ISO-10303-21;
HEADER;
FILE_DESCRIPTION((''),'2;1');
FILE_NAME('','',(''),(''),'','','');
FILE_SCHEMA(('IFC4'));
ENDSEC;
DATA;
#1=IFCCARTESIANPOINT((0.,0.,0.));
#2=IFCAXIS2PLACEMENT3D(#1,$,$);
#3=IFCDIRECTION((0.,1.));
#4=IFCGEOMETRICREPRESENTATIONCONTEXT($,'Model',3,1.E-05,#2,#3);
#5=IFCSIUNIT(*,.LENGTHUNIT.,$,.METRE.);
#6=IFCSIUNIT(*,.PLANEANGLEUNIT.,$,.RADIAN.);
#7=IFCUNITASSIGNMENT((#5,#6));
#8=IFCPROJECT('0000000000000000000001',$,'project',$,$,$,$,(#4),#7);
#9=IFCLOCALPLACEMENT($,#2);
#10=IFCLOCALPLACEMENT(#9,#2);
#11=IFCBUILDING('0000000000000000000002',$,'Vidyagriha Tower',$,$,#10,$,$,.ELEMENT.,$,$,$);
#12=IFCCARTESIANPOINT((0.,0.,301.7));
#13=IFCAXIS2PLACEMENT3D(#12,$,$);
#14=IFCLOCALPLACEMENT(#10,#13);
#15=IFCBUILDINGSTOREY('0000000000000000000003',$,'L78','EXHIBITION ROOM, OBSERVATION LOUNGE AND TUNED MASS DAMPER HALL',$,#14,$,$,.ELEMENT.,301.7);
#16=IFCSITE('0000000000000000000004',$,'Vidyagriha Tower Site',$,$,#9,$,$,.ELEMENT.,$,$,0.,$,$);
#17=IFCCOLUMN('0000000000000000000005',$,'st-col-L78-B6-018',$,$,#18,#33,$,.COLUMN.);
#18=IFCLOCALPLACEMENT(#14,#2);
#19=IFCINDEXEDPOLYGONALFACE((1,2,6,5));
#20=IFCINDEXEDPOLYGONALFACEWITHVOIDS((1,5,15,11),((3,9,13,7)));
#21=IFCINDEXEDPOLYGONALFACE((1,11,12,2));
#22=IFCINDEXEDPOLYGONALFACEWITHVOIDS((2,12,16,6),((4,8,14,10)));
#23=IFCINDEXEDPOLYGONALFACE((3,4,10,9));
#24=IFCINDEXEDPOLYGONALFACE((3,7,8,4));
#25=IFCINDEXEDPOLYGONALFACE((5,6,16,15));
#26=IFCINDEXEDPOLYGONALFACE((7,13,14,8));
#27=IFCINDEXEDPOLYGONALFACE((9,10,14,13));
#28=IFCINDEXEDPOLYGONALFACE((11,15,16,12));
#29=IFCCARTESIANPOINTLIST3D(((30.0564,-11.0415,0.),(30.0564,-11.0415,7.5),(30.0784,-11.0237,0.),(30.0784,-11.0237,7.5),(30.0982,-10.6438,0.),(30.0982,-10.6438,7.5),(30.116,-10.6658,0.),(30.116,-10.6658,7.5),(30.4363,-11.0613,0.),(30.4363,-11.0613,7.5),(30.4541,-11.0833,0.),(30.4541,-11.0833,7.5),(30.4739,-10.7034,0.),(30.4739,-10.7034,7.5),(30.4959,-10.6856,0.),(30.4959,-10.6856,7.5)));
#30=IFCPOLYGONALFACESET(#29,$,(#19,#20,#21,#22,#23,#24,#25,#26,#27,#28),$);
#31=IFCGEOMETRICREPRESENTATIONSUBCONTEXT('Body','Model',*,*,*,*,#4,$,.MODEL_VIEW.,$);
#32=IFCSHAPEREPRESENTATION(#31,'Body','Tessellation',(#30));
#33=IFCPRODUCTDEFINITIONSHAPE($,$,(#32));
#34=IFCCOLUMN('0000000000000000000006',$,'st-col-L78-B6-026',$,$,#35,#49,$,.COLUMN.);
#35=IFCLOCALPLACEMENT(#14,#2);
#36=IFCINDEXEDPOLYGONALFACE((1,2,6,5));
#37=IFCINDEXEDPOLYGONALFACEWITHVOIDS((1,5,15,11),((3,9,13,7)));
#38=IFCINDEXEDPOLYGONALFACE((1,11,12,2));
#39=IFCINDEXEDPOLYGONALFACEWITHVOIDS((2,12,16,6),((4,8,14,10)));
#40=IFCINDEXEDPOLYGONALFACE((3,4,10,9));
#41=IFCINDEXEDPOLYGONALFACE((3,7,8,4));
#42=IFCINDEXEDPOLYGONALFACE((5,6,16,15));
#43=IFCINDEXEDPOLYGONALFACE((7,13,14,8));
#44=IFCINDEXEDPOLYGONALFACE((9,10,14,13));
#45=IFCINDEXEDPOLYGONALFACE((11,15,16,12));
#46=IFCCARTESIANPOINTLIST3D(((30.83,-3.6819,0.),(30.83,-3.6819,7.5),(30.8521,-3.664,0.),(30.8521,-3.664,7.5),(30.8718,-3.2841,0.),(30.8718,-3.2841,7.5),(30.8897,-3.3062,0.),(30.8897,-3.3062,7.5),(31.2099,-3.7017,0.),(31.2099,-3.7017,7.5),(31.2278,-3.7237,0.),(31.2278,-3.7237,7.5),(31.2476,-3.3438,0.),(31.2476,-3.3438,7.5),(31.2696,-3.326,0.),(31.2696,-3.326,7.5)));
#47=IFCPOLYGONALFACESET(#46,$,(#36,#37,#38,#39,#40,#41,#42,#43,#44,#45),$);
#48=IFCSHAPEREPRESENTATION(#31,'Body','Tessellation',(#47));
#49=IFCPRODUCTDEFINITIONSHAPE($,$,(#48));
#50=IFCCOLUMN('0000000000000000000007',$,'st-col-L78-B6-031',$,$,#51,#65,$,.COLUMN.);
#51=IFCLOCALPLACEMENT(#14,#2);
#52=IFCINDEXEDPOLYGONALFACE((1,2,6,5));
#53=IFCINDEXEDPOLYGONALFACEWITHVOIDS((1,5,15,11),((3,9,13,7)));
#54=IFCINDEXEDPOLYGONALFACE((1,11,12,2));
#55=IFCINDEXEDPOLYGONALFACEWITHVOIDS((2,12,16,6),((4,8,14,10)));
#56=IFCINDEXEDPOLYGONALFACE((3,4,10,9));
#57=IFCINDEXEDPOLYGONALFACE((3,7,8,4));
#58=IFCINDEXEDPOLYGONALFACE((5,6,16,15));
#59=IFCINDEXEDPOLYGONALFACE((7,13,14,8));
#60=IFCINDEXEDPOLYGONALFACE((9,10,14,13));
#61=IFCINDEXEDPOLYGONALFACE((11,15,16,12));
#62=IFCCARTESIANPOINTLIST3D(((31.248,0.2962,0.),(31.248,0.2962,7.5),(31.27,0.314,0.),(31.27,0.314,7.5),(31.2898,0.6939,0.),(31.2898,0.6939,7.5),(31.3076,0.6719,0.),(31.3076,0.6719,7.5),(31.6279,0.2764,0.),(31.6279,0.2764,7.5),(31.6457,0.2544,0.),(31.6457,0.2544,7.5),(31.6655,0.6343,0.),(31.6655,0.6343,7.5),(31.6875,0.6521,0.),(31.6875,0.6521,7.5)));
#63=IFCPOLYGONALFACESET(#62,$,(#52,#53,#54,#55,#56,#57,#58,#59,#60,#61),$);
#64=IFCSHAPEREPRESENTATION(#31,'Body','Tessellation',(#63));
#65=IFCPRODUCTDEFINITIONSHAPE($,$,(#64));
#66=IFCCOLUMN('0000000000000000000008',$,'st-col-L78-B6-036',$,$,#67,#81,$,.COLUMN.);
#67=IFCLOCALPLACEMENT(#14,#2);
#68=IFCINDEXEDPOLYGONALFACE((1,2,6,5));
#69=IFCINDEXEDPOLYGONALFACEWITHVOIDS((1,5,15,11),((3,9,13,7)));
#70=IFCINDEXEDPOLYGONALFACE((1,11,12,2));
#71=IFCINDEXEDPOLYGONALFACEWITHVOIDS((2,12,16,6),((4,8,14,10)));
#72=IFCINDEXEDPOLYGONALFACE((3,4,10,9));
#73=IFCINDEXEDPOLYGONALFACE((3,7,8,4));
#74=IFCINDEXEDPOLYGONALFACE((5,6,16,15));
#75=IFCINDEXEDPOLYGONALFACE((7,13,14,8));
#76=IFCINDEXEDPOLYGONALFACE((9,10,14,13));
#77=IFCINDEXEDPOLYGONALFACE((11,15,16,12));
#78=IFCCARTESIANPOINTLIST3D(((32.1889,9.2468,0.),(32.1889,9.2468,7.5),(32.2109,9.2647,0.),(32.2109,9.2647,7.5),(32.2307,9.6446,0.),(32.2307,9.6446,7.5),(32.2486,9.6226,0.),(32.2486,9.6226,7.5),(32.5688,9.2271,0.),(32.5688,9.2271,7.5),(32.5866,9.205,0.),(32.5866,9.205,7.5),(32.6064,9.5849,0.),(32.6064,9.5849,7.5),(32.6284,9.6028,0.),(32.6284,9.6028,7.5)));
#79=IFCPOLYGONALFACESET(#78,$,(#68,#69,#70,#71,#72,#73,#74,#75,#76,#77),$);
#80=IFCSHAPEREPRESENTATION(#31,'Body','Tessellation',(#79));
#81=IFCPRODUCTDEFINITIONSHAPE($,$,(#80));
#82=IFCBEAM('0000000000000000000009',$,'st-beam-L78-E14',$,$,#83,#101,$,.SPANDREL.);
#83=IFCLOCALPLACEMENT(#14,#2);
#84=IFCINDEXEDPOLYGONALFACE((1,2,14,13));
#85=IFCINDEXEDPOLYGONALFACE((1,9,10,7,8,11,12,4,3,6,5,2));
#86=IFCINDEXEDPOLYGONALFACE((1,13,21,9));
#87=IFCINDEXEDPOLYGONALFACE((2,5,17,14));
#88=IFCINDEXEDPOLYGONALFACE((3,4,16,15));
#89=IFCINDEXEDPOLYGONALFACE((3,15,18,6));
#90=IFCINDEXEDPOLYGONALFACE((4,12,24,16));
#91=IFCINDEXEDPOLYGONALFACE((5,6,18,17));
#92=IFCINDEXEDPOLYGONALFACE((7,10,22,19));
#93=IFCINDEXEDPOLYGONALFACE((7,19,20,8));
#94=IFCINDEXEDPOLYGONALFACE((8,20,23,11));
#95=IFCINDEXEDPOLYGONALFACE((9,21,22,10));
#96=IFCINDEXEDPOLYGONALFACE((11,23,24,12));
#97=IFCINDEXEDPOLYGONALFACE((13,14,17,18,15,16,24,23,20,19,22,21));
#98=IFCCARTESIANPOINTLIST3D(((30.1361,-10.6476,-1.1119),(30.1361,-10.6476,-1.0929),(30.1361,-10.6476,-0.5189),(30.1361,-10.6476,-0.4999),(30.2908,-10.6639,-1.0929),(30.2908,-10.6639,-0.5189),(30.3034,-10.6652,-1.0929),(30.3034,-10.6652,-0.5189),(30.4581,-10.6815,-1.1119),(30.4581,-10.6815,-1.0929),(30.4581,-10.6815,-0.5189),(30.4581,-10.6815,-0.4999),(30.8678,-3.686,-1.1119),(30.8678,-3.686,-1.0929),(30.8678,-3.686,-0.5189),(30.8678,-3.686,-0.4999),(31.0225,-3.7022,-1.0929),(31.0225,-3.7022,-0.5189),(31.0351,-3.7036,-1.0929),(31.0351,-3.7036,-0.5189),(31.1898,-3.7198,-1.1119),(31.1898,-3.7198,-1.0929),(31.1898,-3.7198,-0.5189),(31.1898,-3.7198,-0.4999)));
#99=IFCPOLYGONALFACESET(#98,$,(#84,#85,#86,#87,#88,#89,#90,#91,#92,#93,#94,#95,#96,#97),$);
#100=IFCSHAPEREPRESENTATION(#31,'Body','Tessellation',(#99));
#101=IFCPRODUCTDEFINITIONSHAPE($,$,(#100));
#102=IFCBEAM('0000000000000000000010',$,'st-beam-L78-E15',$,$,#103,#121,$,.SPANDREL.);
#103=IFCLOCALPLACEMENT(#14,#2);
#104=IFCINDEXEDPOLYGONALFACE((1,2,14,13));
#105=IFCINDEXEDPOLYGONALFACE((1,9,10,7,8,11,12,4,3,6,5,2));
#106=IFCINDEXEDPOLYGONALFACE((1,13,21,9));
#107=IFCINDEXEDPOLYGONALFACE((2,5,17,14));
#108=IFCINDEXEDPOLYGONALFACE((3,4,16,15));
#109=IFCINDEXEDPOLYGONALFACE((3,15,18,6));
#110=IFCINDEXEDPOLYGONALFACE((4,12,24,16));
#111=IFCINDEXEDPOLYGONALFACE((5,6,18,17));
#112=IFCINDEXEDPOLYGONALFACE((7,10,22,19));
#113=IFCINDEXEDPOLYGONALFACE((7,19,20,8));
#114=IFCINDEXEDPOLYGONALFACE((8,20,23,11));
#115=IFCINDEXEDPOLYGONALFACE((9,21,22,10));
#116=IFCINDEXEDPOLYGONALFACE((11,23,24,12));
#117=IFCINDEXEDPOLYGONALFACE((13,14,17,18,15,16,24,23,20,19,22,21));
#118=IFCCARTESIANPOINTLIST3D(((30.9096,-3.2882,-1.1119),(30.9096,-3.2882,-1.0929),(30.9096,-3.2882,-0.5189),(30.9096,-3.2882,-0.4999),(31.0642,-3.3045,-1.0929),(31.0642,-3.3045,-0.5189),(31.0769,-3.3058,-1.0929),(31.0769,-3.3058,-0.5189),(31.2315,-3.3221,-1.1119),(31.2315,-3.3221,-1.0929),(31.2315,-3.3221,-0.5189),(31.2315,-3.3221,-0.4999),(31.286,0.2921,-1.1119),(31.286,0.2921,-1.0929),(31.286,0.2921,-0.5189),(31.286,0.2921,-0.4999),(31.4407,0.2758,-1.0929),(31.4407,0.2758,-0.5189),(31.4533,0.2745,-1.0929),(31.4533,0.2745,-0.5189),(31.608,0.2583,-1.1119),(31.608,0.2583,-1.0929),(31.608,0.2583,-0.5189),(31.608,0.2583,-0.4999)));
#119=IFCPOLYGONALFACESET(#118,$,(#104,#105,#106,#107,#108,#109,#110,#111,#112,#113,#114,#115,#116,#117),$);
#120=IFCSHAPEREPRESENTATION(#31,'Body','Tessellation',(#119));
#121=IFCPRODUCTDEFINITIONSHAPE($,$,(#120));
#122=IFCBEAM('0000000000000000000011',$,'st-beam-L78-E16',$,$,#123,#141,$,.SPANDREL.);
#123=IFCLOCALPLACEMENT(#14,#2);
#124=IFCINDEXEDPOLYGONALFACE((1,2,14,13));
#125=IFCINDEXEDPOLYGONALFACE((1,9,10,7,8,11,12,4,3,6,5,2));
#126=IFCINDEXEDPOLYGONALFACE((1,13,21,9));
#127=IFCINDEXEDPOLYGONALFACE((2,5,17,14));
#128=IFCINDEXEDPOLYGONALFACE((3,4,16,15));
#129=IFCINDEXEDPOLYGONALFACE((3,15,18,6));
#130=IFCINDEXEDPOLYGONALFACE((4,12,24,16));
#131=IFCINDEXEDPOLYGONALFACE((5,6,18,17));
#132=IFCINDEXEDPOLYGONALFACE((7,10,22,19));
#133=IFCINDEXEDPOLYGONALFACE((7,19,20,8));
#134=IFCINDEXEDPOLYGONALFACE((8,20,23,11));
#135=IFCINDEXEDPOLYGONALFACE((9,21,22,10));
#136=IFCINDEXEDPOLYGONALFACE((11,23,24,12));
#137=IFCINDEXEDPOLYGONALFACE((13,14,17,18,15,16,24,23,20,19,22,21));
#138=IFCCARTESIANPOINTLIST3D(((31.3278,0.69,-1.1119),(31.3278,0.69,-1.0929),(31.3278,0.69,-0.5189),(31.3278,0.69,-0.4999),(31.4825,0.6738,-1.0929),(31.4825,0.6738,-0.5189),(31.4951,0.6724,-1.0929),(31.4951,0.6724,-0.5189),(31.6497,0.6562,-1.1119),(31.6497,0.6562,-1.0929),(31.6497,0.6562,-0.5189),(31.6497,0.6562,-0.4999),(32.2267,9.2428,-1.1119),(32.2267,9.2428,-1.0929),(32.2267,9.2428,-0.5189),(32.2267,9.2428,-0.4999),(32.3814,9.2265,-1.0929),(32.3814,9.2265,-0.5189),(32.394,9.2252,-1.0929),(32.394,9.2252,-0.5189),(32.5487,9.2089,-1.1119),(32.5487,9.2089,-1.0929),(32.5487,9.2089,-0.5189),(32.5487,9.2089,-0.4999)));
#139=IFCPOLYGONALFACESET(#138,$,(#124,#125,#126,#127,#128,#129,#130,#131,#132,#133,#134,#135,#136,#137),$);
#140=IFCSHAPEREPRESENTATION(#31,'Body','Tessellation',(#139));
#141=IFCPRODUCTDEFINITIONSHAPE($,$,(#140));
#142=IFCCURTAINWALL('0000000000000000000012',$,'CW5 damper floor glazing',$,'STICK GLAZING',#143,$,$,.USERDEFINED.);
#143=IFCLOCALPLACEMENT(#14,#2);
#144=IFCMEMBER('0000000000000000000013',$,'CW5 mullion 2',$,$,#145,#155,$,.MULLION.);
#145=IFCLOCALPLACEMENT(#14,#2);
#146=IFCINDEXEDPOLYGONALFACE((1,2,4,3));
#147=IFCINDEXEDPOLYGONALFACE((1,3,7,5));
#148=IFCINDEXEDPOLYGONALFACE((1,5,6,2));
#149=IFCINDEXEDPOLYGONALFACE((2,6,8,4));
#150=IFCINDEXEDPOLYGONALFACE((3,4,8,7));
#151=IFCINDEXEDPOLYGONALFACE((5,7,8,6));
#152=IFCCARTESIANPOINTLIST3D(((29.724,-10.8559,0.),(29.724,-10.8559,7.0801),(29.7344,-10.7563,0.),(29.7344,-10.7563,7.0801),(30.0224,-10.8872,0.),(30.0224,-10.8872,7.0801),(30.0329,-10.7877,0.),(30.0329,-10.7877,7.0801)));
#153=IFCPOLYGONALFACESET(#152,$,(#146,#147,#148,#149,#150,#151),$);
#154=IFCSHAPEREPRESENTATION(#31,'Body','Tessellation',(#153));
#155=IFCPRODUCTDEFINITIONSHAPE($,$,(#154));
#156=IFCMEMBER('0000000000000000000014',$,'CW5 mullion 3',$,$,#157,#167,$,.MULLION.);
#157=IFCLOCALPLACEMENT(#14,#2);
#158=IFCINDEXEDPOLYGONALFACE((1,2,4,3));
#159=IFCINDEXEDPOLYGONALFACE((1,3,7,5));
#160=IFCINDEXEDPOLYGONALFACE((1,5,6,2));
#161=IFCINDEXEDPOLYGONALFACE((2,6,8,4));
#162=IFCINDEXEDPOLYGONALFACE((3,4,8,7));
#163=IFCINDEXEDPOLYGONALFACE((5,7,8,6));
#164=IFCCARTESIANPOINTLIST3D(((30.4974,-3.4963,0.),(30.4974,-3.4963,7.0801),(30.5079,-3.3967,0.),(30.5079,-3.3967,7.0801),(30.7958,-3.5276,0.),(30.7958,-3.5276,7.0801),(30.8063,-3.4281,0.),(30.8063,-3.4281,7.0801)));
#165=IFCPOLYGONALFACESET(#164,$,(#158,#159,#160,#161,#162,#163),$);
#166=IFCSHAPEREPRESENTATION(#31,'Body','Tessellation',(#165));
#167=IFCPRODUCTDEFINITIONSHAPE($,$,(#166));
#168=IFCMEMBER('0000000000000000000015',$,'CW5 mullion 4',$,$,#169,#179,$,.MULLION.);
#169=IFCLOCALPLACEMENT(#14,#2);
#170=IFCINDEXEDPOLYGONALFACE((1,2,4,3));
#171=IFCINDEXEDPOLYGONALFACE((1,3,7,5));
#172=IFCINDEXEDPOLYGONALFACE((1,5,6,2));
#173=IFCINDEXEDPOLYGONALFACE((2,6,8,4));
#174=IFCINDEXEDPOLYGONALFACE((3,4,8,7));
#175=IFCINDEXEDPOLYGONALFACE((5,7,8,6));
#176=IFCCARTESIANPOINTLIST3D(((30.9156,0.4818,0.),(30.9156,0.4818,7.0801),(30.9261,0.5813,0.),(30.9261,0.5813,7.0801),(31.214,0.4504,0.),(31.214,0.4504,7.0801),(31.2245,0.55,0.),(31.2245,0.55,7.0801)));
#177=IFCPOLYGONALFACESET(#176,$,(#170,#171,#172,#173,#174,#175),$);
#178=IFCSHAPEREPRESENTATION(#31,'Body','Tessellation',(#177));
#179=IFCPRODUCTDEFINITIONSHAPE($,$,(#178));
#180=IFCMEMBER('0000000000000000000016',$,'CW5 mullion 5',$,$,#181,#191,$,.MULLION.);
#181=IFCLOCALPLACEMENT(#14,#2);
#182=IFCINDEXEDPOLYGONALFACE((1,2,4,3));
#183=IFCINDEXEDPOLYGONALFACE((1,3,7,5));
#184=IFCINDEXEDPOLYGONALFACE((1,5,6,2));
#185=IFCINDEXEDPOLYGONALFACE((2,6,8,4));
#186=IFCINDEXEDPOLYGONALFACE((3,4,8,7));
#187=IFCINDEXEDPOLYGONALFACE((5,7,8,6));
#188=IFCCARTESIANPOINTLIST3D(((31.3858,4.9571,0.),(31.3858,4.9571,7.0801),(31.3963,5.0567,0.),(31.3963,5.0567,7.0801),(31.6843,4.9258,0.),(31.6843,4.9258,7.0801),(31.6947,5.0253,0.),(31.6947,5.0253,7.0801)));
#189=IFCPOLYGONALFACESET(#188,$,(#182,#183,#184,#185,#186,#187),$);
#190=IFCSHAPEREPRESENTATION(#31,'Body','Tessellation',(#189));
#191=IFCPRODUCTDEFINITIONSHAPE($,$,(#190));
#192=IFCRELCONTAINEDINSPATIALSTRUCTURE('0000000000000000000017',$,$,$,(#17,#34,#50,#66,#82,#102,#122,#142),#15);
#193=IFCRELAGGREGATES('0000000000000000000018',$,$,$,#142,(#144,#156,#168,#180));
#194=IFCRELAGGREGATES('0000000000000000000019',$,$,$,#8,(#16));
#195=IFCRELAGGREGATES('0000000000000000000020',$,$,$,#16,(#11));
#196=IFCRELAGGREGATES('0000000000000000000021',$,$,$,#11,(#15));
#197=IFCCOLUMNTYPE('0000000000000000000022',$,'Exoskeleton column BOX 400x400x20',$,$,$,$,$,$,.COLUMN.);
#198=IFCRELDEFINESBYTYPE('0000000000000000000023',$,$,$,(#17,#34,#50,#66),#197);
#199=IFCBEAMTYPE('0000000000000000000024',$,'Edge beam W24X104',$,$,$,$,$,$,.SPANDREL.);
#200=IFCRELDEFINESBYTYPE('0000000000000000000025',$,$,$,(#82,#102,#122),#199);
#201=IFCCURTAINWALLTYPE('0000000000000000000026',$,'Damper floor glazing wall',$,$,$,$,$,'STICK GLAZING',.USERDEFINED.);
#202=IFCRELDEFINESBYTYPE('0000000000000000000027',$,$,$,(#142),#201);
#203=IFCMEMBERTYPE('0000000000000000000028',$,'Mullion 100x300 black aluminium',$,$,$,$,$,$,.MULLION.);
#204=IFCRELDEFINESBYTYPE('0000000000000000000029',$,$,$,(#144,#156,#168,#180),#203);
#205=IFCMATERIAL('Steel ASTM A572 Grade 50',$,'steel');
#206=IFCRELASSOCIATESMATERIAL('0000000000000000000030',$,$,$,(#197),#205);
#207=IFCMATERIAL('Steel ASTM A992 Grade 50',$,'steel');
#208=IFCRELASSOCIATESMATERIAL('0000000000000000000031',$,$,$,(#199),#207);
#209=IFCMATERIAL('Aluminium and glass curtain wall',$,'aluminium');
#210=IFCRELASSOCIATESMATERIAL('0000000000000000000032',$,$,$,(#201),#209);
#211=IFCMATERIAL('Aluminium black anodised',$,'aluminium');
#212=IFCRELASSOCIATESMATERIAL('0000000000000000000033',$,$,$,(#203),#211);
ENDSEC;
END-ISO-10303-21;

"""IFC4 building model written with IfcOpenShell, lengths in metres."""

from ifc_helpers import new_model, si_unit, direction, frame, origin, origin_2d, place, context, subcontext, project, spatial, rectangle, hollow_rectangle, i_section, extrude, material, material_profile, profile_set, type_object, element, aggregate, save


model = new_model("IFC4")

# Units and contexts
model_context = context("Model", 3, precision=1e-05, world=origin(), true_north=direction((0.0, 1.0)))
body_context = subcontext(model_context, "Body", "Model", "MODEL_VIEW")
ifc_project = project(units=[si_unit("LENGTHUNIT", "METRE"), si_unit("PLANEANGLEUNIT", "RADIAN")], contexts=[model_context])

# Site, building, storey
site_placement = place(None, origin())
site = spatial("IfcSite", under=ifc_project, at=site_placement, Name="Vidyagriha Tower Site", CompositionType="ELEMENT", RefElevation=0.0)
building_placement = place(site_placement, origin())
building = spatial("IfcBuilding", under=site, at=building_placement, Name="Vidyagriha Tower", CompositionType="ELEMENT")
storey_placement = place(building_placement, frame((0.0, 0.0, 301.7)))
storey = spatial("IfcBuildingStorey", under=building, at=storey_placement, Name="L78", Description="EXHIBITION ROOM, OBSERVATION LOUNGE AND TUNED MASS DAMPER HALL", CompositionType="ELEMENT", Elevation=301.7)

# Columns
ifc_material_1 = material(Name="Steel ASTM A572 Grade 50", Category="steel")
ifc_material_profile_1 = material_profile(ifc_material_1, hollow_rectangle(XDim=0.3999, YDim=0.3999, WallThickness=0.02, at=origin_2d()), Name="BOX 400x400x20")
ifc_profile_set_1 = profile_set([ifc_material_profile_1], Name="Steel ASTM A572 Grade 50")
column_type = type_object("IfcColumnType", Name="Exoskeleton column BOX 400x400x20", PredefinedType="COLUMN", material=ifc_profile_set_1)
for number, where, z_axis, x_axis, name in (
    (1, (30.2761, -10.8635, 0.0), (0.0, 0.0, 1.0), (0.994522, -0.104528, 0.0), "st-col-L78-B6-018"),
    (2, (31.0498, -3.5039, 0.0), (0.0, 0.0, 1.0), (0.994522, -0.104528, 0.0), "st-col-L78-B6-026"),
    (3, (31.4678, 0.4741, 0.0), (0.0, 0.0, 1.0), (0.994522, -0.104528, 0.0), "st-col-L78-B6-031"),
    (4, (32.4087, 9.4248, 0.0), (0.0, 0.0, 1.0), (0.994522, -0.104528, 0.0), "st-col-L78-B6-036"),
):
    element("IfcColumn", number, at=place(storey_placement, frame(where, z_axis=z_axis, x_axis=x_axis)), inside=storey, type_object=column_type, Name=name, PredefinedType="COLUMN", context=body_context, shape_type="SweptSolid", body=[
        extrude(hollow_rectangle(XDim=0.3999, YDim=0.3999, WallThickness=0.02, at=origin_2d()), origin(), (0.0, 0.0, 1.0), 7.5),
    ])

# Beams
ifc_material_2 = material(Name="Steel ASTM A992 Grade 50", Category="steel")
ifc_material_profile_2 = material_profile(ifc_material_2, i_section(OverallWidth=0.3237, OverallDepth=0.6121, WebThickness=0.0127, FlangeThickness=0.019, at=origin_2d()), Name="W24X104")
ifc_profile_set_2 = profile_set([ifc_material_profile_2], Name="Steel ASTM A992 Grade 50")
beam_type = type_object("IfcBeamType", Name="Edge beam W24X104", PredefinedType="SPANDREL", material=ifc_profile_set_2)
beam_1_placement = place(storey_placement, frame((30.2971, -10.6646, -0.8059), z_axis=(0.104527, 0.994522, 0.0), x_axis=(-0.994522, 0.104527, 0.0)))
element("IfcBeam", 5, at=beam_1_placement, inside=storey, type_object=beam_type, Name="st-beam-L78-E14", PredefinedType="SPANDREL", context=body_context, shape_type="SweptSolid", body=[
    extrude(i_section(OverallWidth=0.3237, OverallDepth=0.6121, WebThickness=0.0127, FlangeThickness=0.019, at=origin_2d()), origin(), (0.0, 0.0, 1.0), 7.0),
])
beam_2_placement = place(storey_placement, frame((31.0706, -3.3052, -0.8059), z_axis=(0.104572, 0.994517, 0.0), x_axis=(-0.994517, 0.104572, 0.0)))
element("IfcBeam", 6, at=beam_2_placement, inside=storey, type_object=beam_type, Name="st-beam-L78-E15", PredefinedType="SPANDREL", context=body_context, shape_type="SweptSolid", body=[
    extrude(i_section(OverallWidth=0.3237, OverallDepth=0.6121, WebThickness=0.0127, FlangeThickness=0.019, at=origin_2d()), origin(), (0.0, 0.0, 1.0), 3.6001),
])
beam_3_placement = place(storey_placement, frame((31.4888, 0.6731, -0.8059), z_axis=(0.104528, 0.994522, 0.0), x_axis=(-0.994522, 0.104528, 0.0)))
element("IfcBeam", 7, at=beam_3_placement, inside=storey, type_object=beam_type, Name="st-beam-L78-E16", PredefinedType="SPANDREL", context=body_context, shape_type="SweptSolid", body=[
    extrude(i_section(OverallWidth=0.3237, OverallDepth=0.6121, WebThickness=0.0127, FlangeThickness=0.019, at=origin_2d()), origin(), (0.0, 0.0, 1.0), 8.5999),
])

# Curtain wall, members
ifc_material_3 = material(Name="Aluminium and glass curtain wall", Category="aluminium")
curtain_wall_type = type_object("IfcCurtainWallType", Name="Damper floor glazing wall", ElementType="STICK GLAZING", PredefinedType="USERDEFINED", material=ifc_material_3)
curtain_wall_placement = place(storey_placement, origin())
curtain_wall = element("IfcCurtainWall", 8, at=curtain_wall_placement, inside=storey, type_object=curtain_wall_type, Name="CW5 damper floor glazing", ObjectType="STICK GLAZING", PredefinedType="USERDEFINED")
ifc_material_4 = material(Name="Aluminium black anodised", Category="aluminium")
ifc_material_profile_3 = material_profile(ifc_material_4, rectangle(XDim=0.3, YDim=0.1001, at=origin_2d()), Name="Mullion 100x300 black aluminium")
ifc_profile_set_3 = profile_set([ifc_material_profile_3], Name="Aluminium black anodised")
member_type_1 = type_object("IfcMemberType", Name="Mullion 100x300 black aluminium", PredefinedType="MULLION", material=ifc_profile_set_3)
member_1_placement = place(storey_placement, frame((29.8784, -10.8218, 0.0), z_axis=(0.0, 0.0, 1.0), x_axis=(-0.994522, 0.104527, 0.0)))
member_1 = element("IfcMember", 9, at=member_1_placement, type_object=member_type_1, Name="CW5 mullion 2", PredefinedType="MULLION", context=body_context, shape_type="SweptSolid", body=[
    extrude(rectangle(XDim=0.3, YDim=0.1001, at=origin_2d()), origin(), (0.0, 0.0, 1.0), 7.0801),
])
member_2_placement = place(storey_placement, frame((30.6519, -3.4622, 0.0), z_axis=(0.0, 0.0, 1.0), x_axis=(-0.994522, 0.104527, 0.0)))
member_2 = element("IfcMember", 10, at=member_2_placement, type_object=member_type_1, Name="CW5 mullion 3", PredefinedType="MULLION", context=body_context, shape_type="SweptSolid", body=[
    extrude(rectangle(XDim=0.3, YDim=0.1001, at=origin_2d()), origin(), (0.0, 0.0, 1.0), 7.0801),
])
member_3_placement = place(storey_placement, frame((31.0701, 0.5159, 0.0), z_axis=(0.0, 0.0, 1.0), x_axis=(-0.994522, 0.104527, 0.0)))
member_3 = element("IfcMember", 11, at=member_3_placement, type_object=member_type_1, Name="CW5 mullion 4", PredefinedType="MULLION", context=body_context, shape_type="SweptSolid", body=[
    extrude(rectangle(XDim=0.3, YDim=0.1001, at=origin_2d()), origin(), (0.0, 0.0, 1.0), 7.0801),
])
member_4_placement = place(storey_placement, frame((31.5403, 4.9912, 0.0), z_axis=(0.0, 0.0, 1.0), x_axis=(-0.994522, 0.104527, 0.0)))
member_4 = element("IfcMember", 12, at=member_4_placement, type_object=member_type_1, Name="CW5 mullion 5", PredefinedType="MULLION", context=body_context, shape_type="SweptSolid", body=[
    extrude(rectangle(XDim=0.3, YDim=0.1001, at=origin_2d()), origin(), (0.0, 0.0, 1.0), 7.0801),
])
aggregate(curtain_wall, [member_1, member_2, member_3, member_4])

save(model, "model.ifc")
